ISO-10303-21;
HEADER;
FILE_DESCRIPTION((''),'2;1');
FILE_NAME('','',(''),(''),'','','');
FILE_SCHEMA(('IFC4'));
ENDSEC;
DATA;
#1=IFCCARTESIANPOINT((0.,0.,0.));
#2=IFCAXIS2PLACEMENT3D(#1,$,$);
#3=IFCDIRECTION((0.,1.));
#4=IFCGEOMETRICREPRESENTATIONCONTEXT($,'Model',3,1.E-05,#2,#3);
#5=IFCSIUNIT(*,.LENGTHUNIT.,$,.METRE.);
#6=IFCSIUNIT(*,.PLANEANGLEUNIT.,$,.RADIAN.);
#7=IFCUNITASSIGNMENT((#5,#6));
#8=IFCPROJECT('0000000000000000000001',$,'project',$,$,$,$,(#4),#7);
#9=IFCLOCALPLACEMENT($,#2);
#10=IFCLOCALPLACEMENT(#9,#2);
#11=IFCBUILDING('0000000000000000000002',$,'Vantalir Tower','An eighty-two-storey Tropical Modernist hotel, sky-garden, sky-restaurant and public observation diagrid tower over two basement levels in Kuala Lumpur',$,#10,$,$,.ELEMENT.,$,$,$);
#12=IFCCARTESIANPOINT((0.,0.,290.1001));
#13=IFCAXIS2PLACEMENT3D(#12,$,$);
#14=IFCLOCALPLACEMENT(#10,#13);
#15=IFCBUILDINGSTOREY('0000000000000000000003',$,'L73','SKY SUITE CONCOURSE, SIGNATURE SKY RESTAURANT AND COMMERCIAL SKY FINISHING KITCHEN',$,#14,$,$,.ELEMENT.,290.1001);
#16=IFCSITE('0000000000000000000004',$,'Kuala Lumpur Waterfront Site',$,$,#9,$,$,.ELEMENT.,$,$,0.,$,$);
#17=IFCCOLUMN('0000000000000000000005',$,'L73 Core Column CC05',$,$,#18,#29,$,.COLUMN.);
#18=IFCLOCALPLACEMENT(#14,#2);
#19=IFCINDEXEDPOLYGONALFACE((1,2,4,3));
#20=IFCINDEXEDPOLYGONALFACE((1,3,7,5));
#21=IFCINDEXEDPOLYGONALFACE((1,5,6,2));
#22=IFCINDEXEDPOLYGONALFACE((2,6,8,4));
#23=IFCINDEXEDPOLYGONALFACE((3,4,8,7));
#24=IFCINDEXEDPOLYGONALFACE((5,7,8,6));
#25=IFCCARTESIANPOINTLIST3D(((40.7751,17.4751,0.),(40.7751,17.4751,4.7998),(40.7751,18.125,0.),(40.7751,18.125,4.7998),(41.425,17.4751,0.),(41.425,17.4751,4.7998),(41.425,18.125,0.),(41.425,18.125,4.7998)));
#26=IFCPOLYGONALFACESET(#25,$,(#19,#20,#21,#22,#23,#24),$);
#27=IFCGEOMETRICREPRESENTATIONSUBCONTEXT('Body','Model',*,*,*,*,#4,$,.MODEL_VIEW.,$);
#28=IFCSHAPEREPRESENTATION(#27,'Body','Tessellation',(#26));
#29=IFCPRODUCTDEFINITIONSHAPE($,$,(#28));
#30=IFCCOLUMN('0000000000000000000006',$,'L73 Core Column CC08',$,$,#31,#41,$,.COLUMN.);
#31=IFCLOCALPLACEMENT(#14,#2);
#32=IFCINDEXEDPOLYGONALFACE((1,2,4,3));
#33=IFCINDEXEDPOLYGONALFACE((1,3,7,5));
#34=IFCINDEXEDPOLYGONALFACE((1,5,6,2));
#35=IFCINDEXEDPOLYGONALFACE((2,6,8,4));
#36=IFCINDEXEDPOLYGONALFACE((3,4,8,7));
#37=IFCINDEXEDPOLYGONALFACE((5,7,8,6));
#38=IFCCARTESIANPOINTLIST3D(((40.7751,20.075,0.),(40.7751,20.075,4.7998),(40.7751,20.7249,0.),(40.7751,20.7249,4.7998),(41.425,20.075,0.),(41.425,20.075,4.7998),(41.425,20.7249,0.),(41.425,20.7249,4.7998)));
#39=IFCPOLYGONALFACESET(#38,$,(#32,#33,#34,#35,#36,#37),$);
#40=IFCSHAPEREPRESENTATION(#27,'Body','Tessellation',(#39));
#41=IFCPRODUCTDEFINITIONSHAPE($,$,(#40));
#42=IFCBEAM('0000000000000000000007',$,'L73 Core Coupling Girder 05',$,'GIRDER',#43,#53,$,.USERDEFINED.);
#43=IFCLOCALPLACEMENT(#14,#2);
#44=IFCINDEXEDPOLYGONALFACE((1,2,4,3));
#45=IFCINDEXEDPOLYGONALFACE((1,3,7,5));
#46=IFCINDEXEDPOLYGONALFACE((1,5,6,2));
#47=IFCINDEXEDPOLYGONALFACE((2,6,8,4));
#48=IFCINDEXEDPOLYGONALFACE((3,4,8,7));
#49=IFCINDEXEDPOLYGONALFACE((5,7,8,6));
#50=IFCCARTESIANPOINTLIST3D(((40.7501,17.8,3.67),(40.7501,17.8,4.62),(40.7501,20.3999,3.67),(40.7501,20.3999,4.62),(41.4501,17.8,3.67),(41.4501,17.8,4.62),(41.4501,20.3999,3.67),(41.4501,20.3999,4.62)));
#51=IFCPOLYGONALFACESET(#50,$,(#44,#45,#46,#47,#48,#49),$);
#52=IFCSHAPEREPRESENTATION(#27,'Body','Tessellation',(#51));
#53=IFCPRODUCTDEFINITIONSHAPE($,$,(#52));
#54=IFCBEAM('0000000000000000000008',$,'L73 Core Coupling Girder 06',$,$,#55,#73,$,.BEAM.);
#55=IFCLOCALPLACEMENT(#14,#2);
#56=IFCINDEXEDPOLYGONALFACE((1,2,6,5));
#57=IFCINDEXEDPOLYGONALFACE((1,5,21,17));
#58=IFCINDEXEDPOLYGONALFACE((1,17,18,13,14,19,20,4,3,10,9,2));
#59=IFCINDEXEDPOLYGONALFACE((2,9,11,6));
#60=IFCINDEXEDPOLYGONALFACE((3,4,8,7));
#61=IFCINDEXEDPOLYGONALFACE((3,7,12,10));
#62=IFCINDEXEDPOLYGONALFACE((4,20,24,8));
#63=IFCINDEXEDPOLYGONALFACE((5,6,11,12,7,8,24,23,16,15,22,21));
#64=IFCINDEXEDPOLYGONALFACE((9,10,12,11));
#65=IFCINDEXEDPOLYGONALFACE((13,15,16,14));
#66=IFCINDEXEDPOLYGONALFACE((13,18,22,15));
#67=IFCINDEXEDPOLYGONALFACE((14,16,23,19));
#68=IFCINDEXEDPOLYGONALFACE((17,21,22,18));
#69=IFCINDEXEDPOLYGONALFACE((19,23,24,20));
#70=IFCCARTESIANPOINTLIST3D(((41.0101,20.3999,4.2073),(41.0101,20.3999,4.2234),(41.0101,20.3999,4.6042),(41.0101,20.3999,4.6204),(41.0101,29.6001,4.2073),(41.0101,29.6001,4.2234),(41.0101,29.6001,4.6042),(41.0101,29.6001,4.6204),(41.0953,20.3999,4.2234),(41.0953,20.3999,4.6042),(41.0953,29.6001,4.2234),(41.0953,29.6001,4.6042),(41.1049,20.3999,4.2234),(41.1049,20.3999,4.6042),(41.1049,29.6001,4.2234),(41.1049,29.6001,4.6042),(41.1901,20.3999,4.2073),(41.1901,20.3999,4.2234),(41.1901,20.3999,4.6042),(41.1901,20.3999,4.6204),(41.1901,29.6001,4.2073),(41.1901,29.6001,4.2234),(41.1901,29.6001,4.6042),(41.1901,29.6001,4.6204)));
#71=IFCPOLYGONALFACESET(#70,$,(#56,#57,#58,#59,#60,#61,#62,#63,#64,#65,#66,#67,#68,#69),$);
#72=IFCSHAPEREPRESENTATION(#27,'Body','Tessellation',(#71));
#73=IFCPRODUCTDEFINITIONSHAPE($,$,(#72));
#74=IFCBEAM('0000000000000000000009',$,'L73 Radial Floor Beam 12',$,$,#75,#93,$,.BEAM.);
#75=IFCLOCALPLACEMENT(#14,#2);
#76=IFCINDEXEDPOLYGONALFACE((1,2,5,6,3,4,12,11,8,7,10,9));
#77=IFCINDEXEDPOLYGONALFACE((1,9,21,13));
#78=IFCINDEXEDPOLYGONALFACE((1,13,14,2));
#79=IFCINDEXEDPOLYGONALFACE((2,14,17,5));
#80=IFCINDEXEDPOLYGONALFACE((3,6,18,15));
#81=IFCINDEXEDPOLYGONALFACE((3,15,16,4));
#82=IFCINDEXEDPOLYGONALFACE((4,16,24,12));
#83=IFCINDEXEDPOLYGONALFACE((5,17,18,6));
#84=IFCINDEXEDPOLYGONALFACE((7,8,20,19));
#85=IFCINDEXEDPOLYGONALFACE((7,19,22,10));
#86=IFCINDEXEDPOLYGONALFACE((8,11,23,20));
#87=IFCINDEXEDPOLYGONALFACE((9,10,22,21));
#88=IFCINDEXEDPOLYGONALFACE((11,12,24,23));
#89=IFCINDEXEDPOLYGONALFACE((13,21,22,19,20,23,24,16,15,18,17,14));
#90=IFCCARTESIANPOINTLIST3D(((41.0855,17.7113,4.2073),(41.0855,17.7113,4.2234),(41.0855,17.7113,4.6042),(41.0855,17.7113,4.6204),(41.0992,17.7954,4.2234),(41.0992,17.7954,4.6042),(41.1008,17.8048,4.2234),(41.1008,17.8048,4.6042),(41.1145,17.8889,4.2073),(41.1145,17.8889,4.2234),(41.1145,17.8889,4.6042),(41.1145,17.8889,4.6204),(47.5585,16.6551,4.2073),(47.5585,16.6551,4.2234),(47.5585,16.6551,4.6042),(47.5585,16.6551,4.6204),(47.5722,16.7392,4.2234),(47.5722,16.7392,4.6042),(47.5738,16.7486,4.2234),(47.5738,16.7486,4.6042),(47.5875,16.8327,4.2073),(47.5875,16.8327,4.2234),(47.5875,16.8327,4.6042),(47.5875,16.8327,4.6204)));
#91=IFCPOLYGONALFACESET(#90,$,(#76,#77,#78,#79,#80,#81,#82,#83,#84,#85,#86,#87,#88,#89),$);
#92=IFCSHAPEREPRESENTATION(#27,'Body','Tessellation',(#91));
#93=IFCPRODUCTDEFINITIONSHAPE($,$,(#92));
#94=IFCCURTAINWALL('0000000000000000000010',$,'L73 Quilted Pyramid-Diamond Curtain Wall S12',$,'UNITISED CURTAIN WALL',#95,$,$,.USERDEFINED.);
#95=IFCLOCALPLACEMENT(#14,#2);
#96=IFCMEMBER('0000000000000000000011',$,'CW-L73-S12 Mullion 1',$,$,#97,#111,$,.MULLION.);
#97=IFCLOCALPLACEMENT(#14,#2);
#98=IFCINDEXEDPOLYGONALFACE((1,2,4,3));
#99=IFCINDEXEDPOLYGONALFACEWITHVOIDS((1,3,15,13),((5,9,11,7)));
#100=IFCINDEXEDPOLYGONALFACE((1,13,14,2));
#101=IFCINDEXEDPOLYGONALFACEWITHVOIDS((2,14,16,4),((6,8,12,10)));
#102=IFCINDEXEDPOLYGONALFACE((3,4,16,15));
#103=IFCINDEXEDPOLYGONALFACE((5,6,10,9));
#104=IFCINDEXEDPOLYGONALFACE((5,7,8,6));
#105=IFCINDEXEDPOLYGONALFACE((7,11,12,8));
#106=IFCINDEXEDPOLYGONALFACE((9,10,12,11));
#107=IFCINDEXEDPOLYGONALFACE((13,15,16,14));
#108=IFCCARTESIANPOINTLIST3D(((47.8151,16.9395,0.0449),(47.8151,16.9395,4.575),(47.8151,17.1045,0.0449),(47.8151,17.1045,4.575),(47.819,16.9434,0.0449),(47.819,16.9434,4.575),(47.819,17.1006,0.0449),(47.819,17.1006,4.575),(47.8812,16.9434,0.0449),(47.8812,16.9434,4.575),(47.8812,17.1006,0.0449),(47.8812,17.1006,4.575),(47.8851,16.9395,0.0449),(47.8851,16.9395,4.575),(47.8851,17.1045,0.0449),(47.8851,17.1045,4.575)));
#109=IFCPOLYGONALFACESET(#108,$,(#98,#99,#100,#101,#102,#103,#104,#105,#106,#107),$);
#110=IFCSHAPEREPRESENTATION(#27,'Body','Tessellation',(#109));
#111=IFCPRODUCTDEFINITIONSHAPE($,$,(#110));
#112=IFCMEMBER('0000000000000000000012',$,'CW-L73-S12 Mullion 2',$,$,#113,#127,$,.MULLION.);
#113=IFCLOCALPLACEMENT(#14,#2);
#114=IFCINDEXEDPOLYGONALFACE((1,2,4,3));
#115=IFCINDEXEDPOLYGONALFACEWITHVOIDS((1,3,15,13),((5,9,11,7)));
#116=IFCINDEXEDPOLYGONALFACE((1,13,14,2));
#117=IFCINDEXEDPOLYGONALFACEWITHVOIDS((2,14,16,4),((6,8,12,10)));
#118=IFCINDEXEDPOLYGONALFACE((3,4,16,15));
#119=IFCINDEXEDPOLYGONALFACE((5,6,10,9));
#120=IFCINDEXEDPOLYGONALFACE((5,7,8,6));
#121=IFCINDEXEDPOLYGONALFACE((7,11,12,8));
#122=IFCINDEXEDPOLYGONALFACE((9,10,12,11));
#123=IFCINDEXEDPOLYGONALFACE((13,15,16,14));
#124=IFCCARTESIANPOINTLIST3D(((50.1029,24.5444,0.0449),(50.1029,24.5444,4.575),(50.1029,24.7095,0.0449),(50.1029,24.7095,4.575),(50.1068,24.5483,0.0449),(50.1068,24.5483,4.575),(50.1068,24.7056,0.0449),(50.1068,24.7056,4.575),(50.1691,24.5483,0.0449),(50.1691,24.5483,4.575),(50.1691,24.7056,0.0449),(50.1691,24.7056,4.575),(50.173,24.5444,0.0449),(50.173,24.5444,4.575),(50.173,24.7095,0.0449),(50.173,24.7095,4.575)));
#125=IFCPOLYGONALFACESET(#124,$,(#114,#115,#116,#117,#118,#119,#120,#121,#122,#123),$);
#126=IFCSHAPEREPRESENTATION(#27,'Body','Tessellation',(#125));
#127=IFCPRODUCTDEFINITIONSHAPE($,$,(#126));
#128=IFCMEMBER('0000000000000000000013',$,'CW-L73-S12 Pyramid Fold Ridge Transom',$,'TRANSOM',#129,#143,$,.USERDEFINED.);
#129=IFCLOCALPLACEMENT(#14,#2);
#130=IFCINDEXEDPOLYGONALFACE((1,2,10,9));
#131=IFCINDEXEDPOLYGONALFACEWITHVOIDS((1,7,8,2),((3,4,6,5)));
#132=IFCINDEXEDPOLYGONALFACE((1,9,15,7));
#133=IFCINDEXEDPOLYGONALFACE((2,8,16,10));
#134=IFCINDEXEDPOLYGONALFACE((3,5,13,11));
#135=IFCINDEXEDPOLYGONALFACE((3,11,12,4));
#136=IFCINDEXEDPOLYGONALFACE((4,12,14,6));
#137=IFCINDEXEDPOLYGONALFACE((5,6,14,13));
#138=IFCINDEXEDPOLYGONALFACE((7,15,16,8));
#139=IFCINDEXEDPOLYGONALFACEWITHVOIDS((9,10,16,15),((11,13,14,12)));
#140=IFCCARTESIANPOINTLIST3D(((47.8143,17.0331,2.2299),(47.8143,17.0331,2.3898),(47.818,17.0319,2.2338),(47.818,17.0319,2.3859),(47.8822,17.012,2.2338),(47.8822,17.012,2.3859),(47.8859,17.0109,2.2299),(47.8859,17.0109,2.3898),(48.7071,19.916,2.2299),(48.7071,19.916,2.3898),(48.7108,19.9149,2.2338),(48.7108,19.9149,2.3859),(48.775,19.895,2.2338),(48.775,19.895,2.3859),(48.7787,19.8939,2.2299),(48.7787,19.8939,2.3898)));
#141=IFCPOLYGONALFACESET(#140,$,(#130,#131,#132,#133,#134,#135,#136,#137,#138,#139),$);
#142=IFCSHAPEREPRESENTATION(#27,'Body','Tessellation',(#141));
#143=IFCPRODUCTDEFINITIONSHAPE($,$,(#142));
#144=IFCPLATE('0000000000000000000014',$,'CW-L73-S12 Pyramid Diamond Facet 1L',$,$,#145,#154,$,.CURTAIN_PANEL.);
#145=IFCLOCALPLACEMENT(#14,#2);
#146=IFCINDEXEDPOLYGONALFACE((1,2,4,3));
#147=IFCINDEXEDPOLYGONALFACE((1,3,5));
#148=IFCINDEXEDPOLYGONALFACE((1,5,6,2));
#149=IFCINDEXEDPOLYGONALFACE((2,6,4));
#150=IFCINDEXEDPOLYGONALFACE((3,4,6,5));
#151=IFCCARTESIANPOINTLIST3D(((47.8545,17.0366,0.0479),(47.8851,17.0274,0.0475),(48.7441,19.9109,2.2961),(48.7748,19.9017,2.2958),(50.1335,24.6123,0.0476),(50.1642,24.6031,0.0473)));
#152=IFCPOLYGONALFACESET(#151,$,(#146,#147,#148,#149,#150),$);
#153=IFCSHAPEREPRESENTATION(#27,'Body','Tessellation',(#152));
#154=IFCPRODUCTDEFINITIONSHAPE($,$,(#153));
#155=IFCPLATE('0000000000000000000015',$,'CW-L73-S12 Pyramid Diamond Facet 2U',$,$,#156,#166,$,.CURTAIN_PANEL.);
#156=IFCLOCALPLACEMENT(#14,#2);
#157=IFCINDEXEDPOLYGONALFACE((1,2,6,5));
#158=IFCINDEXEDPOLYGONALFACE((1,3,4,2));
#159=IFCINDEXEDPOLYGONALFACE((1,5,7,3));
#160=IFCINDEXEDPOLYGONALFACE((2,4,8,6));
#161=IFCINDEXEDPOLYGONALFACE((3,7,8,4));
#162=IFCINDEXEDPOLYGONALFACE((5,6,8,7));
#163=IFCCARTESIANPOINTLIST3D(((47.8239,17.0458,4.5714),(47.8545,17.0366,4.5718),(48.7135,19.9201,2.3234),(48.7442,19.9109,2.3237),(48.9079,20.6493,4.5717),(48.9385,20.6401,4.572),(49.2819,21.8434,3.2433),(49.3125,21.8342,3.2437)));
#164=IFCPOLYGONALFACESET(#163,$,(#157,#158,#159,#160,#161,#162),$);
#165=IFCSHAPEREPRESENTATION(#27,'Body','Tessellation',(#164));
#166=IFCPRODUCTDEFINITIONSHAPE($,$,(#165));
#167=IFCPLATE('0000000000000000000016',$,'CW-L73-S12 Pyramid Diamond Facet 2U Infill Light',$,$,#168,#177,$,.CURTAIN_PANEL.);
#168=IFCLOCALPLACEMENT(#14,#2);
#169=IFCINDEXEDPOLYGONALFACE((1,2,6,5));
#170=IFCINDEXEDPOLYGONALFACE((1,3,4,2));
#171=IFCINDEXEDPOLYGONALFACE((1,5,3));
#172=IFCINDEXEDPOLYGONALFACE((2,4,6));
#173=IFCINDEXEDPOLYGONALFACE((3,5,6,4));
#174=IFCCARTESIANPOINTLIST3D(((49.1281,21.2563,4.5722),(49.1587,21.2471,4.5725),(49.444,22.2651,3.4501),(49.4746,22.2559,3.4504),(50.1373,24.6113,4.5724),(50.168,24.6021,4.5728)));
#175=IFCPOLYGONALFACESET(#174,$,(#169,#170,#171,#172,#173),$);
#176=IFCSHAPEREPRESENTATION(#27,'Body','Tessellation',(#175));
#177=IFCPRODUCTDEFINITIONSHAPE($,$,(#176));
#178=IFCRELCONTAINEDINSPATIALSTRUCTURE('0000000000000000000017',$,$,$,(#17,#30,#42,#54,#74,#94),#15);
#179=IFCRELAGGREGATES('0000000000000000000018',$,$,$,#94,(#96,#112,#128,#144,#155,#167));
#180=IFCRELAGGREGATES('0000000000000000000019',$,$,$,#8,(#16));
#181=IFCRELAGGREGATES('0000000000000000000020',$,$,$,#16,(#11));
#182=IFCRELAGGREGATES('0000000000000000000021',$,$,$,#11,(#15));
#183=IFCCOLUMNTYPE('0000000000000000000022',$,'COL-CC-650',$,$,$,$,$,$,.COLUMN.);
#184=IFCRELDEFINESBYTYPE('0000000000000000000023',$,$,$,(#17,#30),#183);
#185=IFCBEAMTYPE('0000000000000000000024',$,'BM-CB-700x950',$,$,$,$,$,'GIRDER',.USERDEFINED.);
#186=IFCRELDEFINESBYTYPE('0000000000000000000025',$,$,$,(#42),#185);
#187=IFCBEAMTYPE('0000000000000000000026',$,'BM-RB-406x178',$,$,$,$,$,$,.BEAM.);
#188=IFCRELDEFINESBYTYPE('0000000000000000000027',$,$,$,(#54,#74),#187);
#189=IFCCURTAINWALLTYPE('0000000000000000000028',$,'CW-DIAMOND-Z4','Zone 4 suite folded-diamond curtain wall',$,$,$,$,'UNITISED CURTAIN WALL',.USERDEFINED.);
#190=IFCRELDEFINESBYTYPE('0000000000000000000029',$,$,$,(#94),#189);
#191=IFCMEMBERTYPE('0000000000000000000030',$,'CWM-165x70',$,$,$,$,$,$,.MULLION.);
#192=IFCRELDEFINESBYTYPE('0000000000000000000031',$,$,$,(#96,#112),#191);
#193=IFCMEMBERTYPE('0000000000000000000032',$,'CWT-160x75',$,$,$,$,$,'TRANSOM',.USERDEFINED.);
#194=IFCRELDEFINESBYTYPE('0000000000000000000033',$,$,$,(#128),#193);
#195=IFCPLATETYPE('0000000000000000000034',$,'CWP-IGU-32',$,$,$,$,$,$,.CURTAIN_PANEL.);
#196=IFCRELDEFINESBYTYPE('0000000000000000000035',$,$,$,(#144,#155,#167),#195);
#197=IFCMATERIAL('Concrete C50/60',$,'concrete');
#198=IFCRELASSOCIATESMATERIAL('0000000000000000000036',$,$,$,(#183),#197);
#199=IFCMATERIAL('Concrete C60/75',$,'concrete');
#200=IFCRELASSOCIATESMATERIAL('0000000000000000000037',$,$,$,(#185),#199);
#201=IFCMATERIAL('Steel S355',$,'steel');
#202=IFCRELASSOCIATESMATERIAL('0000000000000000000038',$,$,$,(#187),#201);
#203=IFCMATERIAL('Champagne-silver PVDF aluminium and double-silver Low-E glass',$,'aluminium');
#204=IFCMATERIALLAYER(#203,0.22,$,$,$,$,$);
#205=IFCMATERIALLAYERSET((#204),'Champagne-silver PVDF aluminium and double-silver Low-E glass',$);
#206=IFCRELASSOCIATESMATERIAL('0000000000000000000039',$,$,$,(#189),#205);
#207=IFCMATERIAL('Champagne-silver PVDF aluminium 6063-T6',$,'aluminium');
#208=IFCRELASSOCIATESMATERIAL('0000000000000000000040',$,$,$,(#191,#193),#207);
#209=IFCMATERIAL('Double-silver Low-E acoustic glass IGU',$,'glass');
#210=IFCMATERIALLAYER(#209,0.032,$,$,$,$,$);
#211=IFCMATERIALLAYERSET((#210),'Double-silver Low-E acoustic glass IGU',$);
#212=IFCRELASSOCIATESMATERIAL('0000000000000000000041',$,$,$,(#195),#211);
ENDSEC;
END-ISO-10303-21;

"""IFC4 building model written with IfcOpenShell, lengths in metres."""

from ifc_helpers import new_model, si_unit, direction, frame, origin, origin_2d, place, context, subcontext, project, spatial, polyline, rectangle, hollow_rectangle, i_section, outline, extrude, material, layer, layer_set, material_profile, profile_set, type_object, element, aggregate, save


model = new_model("IFC4")

# Units and contexts
model_context = context("Model", 3, precision=1e-05, world=origin(), true_north=direction((0.0, 1.0)))
body_context = subcontext(model_context, "Body", "Model", "MODEL_VIEW")
ifc_project = project(units=[si_unit("LENGTHUNIT", "METRE"), si_unit("PLANEANGLEUNIT", "RADIAN")], contexts=[model_context])

# Site, building, storey
site_placement = place(None, origin())
site = spatial("IfcSite", under=ifc_project, at=site_placement, Name="Kuala Lumpur Waterfront Site", CompositionType="ELEMENT", RefElevation=0.0)
building_placement = place(site_placement, origin())
building = spatial("IfcBuilding", under=site, at=building_placement, Name="Vantalir Tower", Description="An eighty-two-storey Tropical Modernist hotel, sky-garden, sky-restaurant and public observation diagrid tower over two basement levels in Kuala Lumpur", CompositionType="ELEMENT")
storey_placement = place(building_placement, frame((0.0, 0.0, 290.1001)))
storey = spatial("IfcBuildingStorey", under=building, at=storey_placement, Name="L73", Description="SKY SUITE CONCOURSE, SIGNATURE SKY RESTAURANT AND COMMERCIAL SKY FINISHING KITCHEN", CompositionType="ELEMENT", Elevation=290.1001)

# Columns
ifc_material_1 = material(Name="Concrete C50/60", Category="concrete")
ifc_material_profile_1 = material_profile(ifc_material_1, rectangle(XDim=0.6499, YDim=0.6499, at=origin_2d()), Name="Concrete C50/60")
ifc_profile_set_1 = profile_set([ifc_material_profile_1], Name="Concrete C50/60")
column_type = type_object("IfcColumnType", Name="COL-CC-650", PredefinedType="COLUMN", material=ifc_profile_set_1)
for number, where, z_axis, x_axis, name in (
    (1, (41.1001, 17.8, 0.0), (0.0, 0.0, 1.0), (1.0, 0.0, 0.0), "L73 Core Column CC05"),
    (2, (41.1001, 20.3999, 0.0), (0.0, 0.0, 1.0), (1.0, 0.0, 0.0), "L73 Core Column CC08"),
):
    element("IfcColumn", number, at=place(storey_placement, frame(where, z_axis=z_axis, x_axis=x_axis)), inside=storey, type_object=column_type, Name=name, PredefinedType="COLUMN", context=body_context, shape_type="SweptSolid", body=[
        extrude(rectangle(XDim=0.6499, YDim=0.6499, at=origin_2d()), origin(), (0.0, 0.0, 1.0), 4.7998),
    ])

# Beams
ifc_material_2 = material(Name="Concrete C60/75", Category="concrete")
ifc_material_profile_2 = material_profile(ifc_material_2, rectangle(XDim=0.7, YDim=0.95, at=origin_2d()), Name="Concrete C60/75")
ifc_profile_set_2 = profile_set([ifc_material_profile_2], Name="Concrete C60/75")
beam_type_1 = type_object("IfcBeamType", Name="BM-CB-700x950", ElementType="GIRDER", PredefinedType="USERDEFINED", material=ifc_profile_set_2)
beam_1_placement = place(storey_placement, frame((41.1001, 17.8, 4.145), z_axis=(0.0, 1.0, 0.0), x_axis=(-1.0, 0.0, 0.0)))
element("IfcBeam", 3, at=beam_1_placement, inside=storey, type_object=beam_type_1, Name="L73 Core Coupling Girder 05", ObjectType="GIRDER", PredefinedType="USERDEFINED", context=body_context, shape_type="SweptSolid", body=[
    extrude(rectangle(XDim=0.7, YDim=0.95, at=origin_2d()), origin(), (0.0, 0.0, 1.0), 2.5999),
])
ifc_material_3 = material(Name="Steel S355", Category="steel")
ifc_material_profile_3 = material_profile(ifc_material_3, i_section(OverallWidth=0.1799, OverallDepth=0.4131, WebThickness=0.0095, FlangeThickness=0.0161, at=origin_2d()), Name="Steel S355")
ifc_profile_set_3 = profile_set([ifc_material_profile_3], Name="Steel S355")
beam_type_2 = type_object("IfcBeamType", Name="BM-RB-406x178", PredefinedType="BEAM", material=ifc_profile_set_3)
beam_2_placement = place(storey_placement, frame((41.1001, 20.3999, 4.4138), z_axis=(0.0, 1.0, 0.0), x_axis=(-1.0, 0.0, 0.0)))
element("IfcBeam", 4, at=beam_2_placement, inside=storey, type_object=beam_type_2, Name="L73 Core Coupling Girder 06", PredefinedType="BEAM", context=body_context, shape_type="SweptSolid", body=[
    extrude(i_section(OverallWidth=0.1799, OverallDepth=0.4131, WebThickness=0.0095, FlangeThickness=0.0161, at=origin_2d()), origin(), (0.0, 0.0, 1.0), 9.2002),
])
beam_3_placement = place(storey_placement, frame((47.573, 16.7439, 4.4138), z_axis=(-0.986949, 0.161036, 0.0), x_axis=(-0.161036, -0.986949, 0.0)))
element("IfcBeam", 5, at=beam_3_placement, inside=storey, type_object=beam_type_2, Name="L73 Radial Floor Beam 12", PredefinedType="BEAM", context=body_context, shape_type="SweptSolid", body=[
    extrude(i_section(OverallWidth=0.1799, OverallDepth=0.4131, WebThickness=0.0095, FlangeThickness=0.0161, at=origin_2d()), origin(), (0.0, 0.0, 1.0), 6.5586),
])

# Curtain wall, members, plates
ifc_material_4 = material(Name="Champagne-silver PVDF aluminium and double-silver Low-E glass", Category="aluminium")
ifc_layer_1 = layer(ifc_material_4, 0.22)
ifc_layer_set_1 = layer_set([ifc_layer_1], Name="Champagne-silver PVDF aluminium and double-silver Low-E glass")
curtain_wall_type = type_object("IfcCurtainWallType", Name="CW-DIAMOND-Z4", Description="Zone 4 suite folded-diamond curtain wall", ElementType="UNITISED CURTAIN WALL", PredefinedType="USERDEFINED", material=ifc_layer_set_1)
curtain_wall_placement = place(storey_placement, origin())
curtain_wall = element("IfcCurtainWall", 6, at=curtain_wall_placement, inside=storey, type_object=curtain_wall_type, Name="L73 Quilted Pyramid-Diamond Curtain Wall S12", ObjectType="UNITISED CURTAIN WALL", PredefinedType="USERDEFINED")
ifc_material_5 = material(Name="Champagne-silver PVDF aluminium 6063-T6", Category="aluminium")
ifc_material_profile_4 = material_profile(ifc_material_5, hollow_rectangle(XDim=0.0701, YDim=0.165, WallThickness=0.0039, at=origin_2d()), Name="Champagne-silver PVDF aluminium 6063-T6")
ifc_profile_set_4 = profile_set([ifc_material_profile_4], Name="Champagne-silver PVDF aluminium 6063-T6")
member_type_1 = type_object("IfcMemberType", Name="CWM-165x70", PredefinedType="MULLION", material=ifc_profile_set_4)
member_1_placement = place(storey_placement, frame((47.8501, 17.022, 0.0449), z_axis=(0.0, 0.0, 1.0), x_axis=(1.0, 0.0, 0.0)))
member_1 = element("IfcMember", 7, at=member_1_placement, type_object=member_type_1, Name="CW-L73-S12 Mullion 1", PredefinedType="MULLION", context=body_context, shape_type="SweptSolid", body=[
    extrude(hollow_rectangle(XDim=0.0701, YDim=0.165, WallThickness=0.0039, at=origin_2d()), origin(), (0.0, 0.0, 1.0), 4.53),
])
member_2_placement = place(storey_placement, frame((50.1379, 24.627, 0.0449), z_axis=(0.0, 0.0, 1.0), x_axis=(1.0, 0.0, 0.0)))
member_2 = element("IfcMember", 8, at=member_2_placement, type_object=member_type_1, Name="CW-L73-S12 Mullion 2", PredefinedType="MULLION", context=body_context, shape_type="SweptSolid", body=[
    extrude(hollow_rectangle(XDim=0.0701, YDim=0.165, WallThickness=0.0039, at=origin_2d()), origin(), (0.0, 0.0, 1.0), 4.53),
])
ifc_material_profile_5 = material_profile(ifc_material_5, hollow_rectangle(XDim=0.075, YDim=0.1599, WallThickness=0.0039, at=origin_2d()), Name="Champagne-silver PVDF aluminium 6063-T6")
ifc_profile_set_5 = profile_set([ifc_material_profile_5], Name="Champagne-silver PVDF aluminium 6063-T6")
member_type_2 = type_object("IfcMemberType", Name="CWT-160x75", ElementType="TRANSOM", PredefinedType="USERDEFINED", material=ifc_profile_set_5)
member_3_placement = place(storey_placement, frame((47.8501, 17.022, 2.3098), z_axis=(0.295819, 0.955244, 0.0), x_axis=(-0.955244, 0.295819, 0.0)))
member_3 = element("IfcMember", 9, at=member_3_placement, type_object=member_type_2, Name="CW-L73-S12 Pyramid Fold Ridge Transom", ObjectType="TRANSOM", PredefinedType="USERDEFINED", context=body_context, shape_type="SweptSolid", body=[
    extrude(hollow_rectangle(XDim=0.075, YDim=0.1599, WallThickness=0.0039, at=origin_2d()), origin(), (0.0, 0.0, 1.0), 3.0181),
])
ifc_material_6 = material(Name="Double-silver Low-E acoustic glass IGU", Category="glass")
ifc_layer_2 = layer(ifc_material_6, 0.032)
ifc_layer_set_2 = layer_set([ifc_layer_2], Name="Double-silver Low-E acoustic glass IGU")
plate_type_1 = type_object("IfcPlateType", Name="CWP-IGU-32", PredefinedType="CURTAIN_PANEL", material=ifc_layer_set_2)
plate_1_placement = place(storey_placement, frame((47.8545, 17.0366, 0.0479), z_axis=(-0.957551, 0.288068, 0.01063), x_axis=(0.288084, 0.957605, -0.000031)))
plate_1 = element("IfcPlate", 10, at=plate_1_placement, type_object=plate_type_1, Name="CW-L73-S12 Pyramid Diamond Facet 1L", PredefinedType="CURTAIN_PANEL", context=body_context, shape_type="SweptSolid", body=[
    extrude(outline(polyline([(0.0, 0.0), (7.9111, 0.0), (3.0086, -2.2485), (0.0, 0.0)])), origin(), (0.0, 0.0, -1.0), 0.032),
])
plate_2_placement = place(storey_placement, frame((47.8545, 17.0366, 4.5718), z_axis=(0.957555, -0.288052, 0.010663), x_axis=(0.288068, 0.95761, 0.000065)))
plate_2 = element("IfcPlate", 11, at=plate_2_placement, type_object=plate_type_1, Name="CW-L73-S12 Pyramid Diamond Facet 2U", PredefinedType="CURTAIN_PANEL", context=body_context, shape_type="SweptSolid", body=[
    extrude(outline(polyline([(0.0, 0.0), (3.763, 0.0), (5.0142, -1.3285), (3.0086, -2.2484), (0.0, 0.0)])), origin(), (0.0, 0.0, -1.0), 0.032),
])
plate_3_placement = place(storey_placement, frame((49.1587, 21.2471, 4.5725), z_axis=(0.957553, -0.288061, 0.010619), x_axis=(0.288077, 0.957607, 0.00007)))
plate_3 = element("IfcPlate", 12, at=plate_3_placement, type_object=plate_type_1, Name="CW-L73-S12 Pyramid Diamond Facet 2U Infill Light", PredefinedType="CURTAIN_PANEL", context=body_context, shape_type="SweptSolid", body=[
    extrude(outline(polyline([(0.0, 0.0), (3.5035, 0.0), (1.057, -1.1222), (0.0, 0.0)])), origin(), (0.0, 0.0, -1.0), 0.032),
])
aggregate(curtain_wall, [member_1, member_2, member_3, plate_1, plate_2, plate_3])

save(model, "model.ifc")
